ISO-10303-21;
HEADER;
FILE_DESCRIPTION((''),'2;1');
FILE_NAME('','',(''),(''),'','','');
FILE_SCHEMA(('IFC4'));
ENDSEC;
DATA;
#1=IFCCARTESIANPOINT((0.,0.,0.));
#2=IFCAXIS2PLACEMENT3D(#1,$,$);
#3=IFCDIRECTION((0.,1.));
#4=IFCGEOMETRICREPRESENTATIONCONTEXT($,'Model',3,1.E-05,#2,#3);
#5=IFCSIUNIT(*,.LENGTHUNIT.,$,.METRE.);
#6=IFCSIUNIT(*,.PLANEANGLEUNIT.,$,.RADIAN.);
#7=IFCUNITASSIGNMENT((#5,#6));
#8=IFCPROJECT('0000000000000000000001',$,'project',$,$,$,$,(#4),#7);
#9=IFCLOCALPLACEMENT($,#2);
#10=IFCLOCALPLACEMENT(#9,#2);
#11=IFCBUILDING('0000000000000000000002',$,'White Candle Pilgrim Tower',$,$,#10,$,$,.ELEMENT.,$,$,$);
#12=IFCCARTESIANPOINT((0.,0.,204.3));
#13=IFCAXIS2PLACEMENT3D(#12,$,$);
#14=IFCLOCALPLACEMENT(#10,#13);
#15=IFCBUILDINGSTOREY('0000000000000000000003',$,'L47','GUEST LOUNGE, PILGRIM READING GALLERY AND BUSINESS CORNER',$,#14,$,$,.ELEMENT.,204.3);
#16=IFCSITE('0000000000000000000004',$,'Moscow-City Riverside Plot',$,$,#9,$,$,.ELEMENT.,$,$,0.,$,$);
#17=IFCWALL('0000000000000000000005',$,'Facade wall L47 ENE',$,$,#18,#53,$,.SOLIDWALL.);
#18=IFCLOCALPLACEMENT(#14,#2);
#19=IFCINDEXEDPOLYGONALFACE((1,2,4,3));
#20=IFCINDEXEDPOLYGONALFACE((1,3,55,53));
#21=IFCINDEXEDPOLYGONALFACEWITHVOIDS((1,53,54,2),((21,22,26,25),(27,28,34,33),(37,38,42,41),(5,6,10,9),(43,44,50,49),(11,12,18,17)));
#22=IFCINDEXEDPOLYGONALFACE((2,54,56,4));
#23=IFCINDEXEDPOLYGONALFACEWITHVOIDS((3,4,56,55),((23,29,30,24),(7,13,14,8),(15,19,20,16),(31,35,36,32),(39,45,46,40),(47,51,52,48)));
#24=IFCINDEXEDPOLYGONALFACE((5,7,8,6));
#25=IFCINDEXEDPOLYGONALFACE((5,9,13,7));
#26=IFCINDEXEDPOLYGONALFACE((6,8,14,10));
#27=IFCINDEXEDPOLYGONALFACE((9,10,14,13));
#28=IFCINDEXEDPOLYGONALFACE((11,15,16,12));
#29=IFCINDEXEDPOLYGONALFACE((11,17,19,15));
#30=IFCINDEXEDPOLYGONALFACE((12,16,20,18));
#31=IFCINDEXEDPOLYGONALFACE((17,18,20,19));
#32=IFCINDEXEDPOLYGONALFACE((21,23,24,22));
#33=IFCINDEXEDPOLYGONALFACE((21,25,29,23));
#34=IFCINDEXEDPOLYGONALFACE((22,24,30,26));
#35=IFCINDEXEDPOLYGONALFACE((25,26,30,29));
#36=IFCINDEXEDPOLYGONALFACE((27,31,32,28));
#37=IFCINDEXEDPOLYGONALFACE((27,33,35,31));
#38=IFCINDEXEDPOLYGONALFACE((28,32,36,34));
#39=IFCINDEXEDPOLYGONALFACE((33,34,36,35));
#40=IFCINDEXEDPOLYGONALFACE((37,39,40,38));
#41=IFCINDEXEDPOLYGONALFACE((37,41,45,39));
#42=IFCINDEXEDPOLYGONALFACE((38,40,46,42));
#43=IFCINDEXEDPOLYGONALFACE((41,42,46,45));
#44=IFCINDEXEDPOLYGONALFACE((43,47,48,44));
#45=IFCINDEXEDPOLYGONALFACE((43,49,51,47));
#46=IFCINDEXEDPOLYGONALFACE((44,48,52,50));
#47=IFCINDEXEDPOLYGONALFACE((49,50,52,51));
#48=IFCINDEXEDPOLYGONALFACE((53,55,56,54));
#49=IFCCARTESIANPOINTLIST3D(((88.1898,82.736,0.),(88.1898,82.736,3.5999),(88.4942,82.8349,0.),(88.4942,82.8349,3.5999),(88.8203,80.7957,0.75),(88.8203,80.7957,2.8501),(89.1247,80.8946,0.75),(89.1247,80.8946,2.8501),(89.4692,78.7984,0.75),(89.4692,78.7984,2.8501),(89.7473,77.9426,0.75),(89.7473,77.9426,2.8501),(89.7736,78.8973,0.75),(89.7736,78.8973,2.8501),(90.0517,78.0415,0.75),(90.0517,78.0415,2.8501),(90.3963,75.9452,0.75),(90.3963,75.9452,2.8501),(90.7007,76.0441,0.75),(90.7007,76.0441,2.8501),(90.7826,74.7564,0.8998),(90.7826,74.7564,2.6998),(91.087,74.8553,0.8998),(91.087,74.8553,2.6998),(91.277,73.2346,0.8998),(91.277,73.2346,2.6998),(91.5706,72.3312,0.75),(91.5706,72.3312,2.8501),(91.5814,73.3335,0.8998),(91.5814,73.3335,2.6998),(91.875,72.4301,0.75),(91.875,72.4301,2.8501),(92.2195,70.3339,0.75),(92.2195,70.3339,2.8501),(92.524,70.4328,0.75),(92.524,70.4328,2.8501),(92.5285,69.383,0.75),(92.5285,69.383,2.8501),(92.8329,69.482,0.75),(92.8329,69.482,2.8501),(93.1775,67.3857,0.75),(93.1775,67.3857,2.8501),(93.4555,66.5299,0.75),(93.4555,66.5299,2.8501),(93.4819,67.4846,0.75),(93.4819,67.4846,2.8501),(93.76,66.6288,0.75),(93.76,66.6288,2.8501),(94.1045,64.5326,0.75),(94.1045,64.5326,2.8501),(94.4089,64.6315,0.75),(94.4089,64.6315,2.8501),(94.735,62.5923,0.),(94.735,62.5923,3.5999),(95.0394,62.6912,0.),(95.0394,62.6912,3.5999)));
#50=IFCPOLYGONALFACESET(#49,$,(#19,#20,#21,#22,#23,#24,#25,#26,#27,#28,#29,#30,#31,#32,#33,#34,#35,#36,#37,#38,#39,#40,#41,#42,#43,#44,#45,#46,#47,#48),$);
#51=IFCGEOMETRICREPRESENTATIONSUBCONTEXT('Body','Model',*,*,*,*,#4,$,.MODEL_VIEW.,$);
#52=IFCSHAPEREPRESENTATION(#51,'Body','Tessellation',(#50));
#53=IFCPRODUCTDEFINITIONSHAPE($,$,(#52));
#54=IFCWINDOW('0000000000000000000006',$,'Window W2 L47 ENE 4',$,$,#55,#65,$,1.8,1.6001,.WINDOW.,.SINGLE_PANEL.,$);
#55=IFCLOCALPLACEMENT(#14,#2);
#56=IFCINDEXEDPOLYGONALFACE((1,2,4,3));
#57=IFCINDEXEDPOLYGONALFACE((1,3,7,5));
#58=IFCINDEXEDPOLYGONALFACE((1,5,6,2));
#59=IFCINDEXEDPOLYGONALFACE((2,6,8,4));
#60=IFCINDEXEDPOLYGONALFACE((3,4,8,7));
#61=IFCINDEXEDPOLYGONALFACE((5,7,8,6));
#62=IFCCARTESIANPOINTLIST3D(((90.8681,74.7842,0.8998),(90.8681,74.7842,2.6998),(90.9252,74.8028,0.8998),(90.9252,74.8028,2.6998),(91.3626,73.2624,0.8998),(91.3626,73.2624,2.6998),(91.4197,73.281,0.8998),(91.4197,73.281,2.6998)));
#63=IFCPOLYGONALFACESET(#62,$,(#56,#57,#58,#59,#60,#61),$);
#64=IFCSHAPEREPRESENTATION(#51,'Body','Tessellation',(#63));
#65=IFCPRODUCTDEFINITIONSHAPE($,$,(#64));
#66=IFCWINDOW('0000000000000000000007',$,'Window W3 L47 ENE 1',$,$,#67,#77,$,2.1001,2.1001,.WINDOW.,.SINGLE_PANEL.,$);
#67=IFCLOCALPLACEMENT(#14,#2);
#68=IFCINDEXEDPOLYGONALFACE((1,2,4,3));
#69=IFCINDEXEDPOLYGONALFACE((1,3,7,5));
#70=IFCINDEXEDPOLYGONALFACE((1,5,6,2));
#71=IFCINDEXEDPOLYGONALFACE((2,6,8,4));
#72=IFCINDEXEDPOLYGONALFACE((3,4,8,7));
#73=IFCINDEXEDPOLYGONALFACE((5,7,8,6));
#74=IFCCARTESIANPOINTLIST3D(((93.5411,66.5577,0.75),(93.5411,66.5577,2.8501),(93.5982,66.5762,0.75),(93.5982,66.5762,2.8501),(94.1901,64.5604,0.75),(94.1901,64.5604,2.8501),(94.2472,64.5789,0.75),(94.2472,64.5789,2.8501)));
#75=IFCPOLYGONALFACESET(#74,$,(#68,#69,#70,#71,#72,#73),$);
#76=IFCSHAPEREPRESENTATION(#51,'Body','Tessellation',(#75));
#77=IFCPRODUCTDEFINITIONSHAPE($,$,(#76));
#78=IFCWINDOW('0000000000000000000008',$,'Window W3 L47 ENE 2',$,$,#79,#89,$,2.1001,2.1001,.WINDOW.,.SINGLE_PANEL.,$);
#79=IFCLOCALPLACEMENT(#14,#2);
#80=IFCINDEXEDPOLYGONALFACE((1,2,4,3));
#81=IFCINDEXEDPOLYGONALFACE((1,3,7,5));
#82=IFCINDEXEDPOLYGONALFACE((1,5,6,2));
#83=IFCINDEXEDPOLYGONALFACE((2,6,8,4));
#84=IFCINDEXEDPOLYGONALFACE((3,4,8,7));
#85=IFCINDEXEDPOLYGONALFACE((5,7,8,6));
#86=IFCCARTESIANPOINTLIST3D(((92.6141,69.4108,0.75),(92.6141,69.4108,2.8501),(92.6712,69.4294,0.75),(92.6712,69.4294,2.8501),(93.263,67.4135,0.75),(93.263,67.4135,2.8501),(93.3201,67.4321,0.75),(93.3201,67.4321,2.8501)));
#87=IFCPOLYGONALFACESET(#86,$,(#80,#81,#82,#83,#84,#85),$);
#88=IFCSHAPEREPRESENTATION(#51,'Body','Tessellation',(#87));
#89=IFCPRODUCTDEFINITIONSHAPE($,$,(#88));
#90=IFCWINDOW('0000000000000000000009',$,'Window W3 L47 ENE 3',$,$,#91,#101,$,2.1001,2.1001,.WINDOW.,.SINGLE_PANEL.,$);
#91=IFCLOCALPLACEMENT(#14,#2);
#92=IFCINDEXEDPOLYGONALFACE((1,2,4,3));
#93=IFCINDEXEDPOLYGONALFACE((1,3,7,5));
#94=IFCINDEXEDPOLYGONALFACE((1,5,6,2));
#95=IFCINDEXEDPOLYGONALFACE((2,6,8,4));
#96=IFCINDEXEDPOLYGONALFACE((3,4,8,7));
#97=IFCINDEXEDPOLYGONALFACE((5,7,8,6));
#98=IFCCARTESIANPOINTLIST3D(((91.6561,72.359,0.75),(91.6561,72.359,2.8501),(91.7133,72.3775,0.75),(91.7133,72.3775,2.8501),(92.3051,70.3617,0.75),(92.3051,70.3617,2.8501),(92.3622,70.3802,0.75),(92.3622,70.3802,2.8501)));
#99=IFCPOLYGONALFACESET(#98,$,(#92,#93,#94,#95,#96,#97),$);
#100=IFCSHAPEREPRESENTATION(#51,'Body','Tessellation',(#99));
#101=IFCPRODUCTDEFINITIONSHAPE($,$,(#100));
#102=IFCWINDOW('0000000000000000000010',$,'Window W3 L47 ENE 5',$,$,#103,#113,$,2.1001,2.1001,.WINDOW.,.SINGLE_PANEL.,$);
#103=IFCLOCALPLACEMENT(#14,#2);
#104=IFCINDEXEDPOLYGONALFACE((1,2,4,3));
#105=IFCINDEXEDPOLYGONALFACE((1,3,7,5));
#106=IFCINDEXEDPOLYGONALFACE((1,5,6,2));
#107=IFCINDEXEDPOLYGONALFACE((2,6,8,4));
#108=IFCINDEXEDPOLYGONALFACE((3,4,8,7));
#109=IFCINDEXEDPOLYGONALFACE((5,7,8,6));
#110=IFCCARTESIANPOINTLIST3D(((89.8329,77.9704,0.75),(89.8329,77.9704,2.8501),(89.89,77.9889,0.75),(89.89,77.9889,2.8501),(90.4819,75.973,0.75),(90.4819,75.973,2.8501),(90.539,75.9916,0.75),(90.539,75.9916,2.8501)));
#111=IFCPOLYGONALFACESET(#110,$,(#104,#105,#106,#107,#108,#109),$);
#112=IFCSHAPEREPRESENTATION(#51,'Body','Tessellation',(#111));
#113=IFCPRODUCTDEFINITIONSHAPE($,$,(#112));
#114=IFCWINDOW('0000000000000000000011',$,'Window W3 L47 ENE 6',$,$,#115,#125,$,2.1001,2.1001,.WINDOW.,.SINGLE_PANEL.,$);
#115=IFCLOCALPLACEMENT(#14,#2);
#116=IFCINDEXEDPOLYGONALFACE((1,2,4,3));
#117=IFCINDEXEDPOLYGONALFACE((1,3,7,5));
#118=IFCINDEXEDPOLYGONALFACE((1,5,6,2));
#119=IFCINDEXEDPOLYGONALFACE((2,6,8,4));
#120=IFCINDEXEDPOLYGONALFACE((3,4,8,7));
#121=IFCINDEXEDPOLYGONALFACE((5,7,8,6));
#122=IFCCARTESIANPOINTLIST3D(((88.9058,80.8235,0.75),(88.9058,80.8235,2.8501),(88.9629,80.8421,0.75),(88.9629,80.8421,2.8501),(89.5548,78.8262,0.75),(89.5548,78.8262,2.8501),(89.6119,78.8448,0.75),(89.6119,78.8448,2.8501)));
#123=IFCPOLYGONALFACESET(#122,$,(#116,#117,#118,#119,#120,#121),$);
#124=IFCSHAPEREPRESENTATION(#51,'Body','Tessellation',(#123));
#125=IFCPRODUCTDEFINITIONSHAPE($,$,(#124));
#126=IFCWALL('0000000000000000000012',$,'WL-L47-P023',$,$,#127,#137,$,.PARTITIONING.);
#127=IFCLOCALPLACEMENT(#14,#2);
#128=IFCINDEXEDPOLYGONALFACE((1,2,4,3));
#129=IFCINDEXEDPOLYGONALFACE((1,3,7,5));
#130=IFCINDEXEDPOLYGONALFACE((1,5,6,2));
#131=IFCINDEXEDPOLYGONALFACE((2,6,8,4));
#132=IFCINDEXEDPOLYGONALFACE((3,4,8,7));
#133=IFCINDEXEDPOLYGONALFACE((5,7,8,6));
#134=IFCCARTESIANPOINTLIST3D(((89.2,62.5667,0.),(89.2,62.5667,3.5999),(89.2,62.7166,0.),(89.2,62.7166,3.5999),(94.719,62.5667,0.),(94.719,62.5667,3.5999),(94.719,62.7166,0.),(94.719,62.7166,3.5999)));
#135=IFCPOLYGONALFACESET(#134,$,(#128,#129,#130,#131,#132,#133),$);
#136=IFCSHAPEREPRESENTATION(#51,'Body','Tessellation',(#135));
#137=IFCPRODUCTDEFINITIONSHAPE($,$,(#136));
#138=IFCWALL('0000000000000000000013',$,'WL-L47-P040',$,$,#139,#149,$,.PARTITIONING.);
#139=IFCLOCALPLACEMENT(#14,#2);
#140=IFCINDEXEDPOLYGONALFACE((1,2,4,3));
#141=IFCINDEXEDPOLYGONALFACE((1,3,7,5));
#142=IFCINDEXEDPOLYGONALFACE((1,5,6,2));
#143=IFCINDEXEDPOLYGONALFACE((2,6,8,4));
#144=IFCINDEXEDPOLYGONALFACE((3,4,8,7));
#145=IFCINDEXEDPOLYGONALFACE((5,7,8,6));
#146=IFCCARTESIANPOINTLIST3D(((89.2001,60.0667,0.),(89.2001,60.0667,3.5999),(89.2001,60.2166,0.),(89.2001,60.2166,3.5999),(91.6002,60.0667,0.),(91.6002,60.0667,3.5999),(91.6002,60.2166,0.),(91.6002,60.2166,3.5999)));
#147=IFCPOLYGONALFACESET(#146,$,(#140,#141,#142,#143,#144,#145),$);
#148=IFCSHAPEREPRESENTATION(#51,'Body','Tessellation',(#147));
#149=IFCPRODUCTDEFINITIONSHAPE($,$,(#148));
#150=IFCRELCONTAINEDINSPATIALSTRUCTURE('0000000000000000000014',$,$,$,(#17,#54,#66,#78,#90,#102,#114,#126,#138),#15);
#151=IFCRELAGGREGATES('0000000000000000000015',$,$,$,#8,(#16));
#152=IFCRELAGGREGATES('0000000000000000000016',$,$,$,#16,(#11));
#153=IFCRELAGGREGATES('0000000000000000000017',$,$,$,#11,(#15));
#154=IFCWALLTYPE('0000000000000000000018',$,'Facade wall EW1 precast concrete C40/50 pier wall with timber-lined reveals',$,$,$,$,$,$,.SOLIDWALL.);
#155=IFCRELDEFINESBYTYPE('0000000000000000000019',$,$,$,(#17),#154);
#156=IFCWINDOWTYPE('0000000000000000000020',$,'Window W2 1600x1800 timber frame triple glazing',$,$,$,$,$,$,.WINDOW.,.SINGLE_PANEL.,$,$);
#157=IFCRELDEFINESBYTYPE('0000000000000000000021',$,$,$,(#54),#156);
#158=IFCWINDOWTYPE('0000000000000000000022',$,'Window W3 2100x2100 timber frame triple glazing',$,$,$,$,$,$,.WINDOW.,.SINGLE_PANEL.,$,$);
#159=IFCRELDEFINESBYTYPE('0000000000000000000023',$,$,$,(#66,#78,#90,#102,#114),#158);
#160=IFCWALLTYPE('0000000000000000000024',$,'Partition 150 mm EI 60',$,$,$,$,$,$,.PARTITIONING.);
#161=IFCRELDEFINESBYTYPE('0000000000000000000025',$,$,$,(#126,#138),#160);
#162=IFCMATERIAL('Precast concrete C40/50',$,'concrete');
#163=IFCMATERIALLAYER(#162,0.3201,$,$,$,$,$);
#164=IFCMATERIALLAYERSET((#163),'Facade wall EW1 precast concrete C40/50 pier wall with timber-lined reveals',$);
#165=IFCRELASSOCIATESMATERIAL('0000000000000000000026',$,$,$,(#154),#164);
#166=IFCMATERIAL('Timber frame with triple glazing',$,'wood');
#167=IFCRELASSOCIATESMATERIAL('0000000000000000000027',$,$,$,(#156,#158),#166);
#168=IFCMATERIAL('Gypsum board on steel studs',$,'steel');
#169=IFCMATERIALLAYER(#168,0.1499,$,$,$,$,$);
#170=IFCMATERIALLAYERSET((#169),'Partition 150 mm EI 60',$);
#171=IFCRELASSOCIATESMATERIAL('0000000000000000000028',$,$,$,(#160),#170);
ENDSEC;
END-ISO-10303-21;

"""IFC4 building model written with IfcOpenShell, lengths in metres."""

from ifc_helpers import new_model, si_unit, direction, frame, frame_2d, origin, place, context, subcontext, project, spatial, rectangle, extrude, material, layer, layer_set, type_object, element, fill, save


model = new_model("IFC4")

# Units and contexts
model_context = context("Model", 3, precision=1e-05, world=origin(), true_north=direction((0.0, 1.0)))
body_context = subcontext(model_context, "Body", "Model", "MODEL_VIEW")
ifc_project = project(units=[si_unit("LENGTHUNIT", "METRE"), si_unit("PLANEANGLEUNIT", "RADIAN")], contexts=[model_context])

# Site, building, storey
site_placement = place(None, origin())
site = spatial("IfcSite", under=ifc_project, at=site_placement, Name="Moscow-City Riverside Plot", CompositionType="ELEMENT", RefElevation=0.0)
building_placement = place(site_placement, origin())
building = spatial("IfcBuilding", under=site, at=building_placement, Name="White Candle Pilgrim Tower", CompositionType="ELEMENT")
storey_placement = place(building_placement, frame((0.0, 0.0, 204.3)))
storey = spatial("IfcBuildingStorey", under=building, at=storey_placement, Name="L47", Description="GUEST LOUNGE, PILGRIM READING GALLERY AND BUSINESS CORNER", CompositionType="ELEMENT", Elevation=204.3)

# Shared definitions
ifc_material_1 = material(Name="Gypsum board on steel studs", Category="steel")

# Wall, openings, windows
ifc_material_2 = material(Name="Precast concrete C40/50", Category="concrete")
ifc_layer_1 = layer(ifc_material_2, 0.3201)
ifc_layer_set_1 = layer_set([ifc_layer_1], Name="Facade wall EW1 precast concrete C40/50 pier wall with timber-lined reveals")
wall_type_1 = type_object("IfcWallType", Name="Facade wall EW1 precast concrete C40/50 pier wall with timber-lined reveals", PredefinedType="SOLIDWALL", material=ifc_layer_set_1)
wall_1_placement = place(storey_placement, frame((94.8872, 62.6416, 0.0), z_axis=(0.0, 0.0, 1.0), x_axis=(-0.309019, 0.951056, 0.0)))
wall_1 = element("IfcWall", 1, at=wall_1_placement, inside=storey, type_object=wall_type_1, Name="Facade wall L47 ENE", PredefinedType="SOLIDWALL", context=body_context, shape_type="SweptSolid", body=[
    extrude(rectangle(XDim=21.1804, YDim=0.3201, at=frame_2d((10.5903, 0.0))), origin(), (0.0, 0.0, 1.0), 3.5999),
])
opening_1_placement = place(wall_1_placement, frame((2.0403, 0.0, 0.75)))
opening_1 = element("IfcOpeningElement", 2, at=opening_1_placement, cuts=wall_1, PredefinedType="OPENING", context=body_context, shape_type="SweptSolid", body=[
    extrude(rectangle(XDim=2.1001, YDim=2.1001, at=frame_2d((1.05, 1.05))), frame((0.0, 0.1699, 0.0), z_axis=(0.0, -1.0, 0.0), x_axis=(1.0, 0.0, 0.0)), (0.0, 0.0, 1.0), 0.3401),
])
opening_2_placement = place(wall_1_placement, frame((5.0403, 0.0, 0.75)))
opening_2 = element("IfcOpeningElement", 3, at=opening_2_placement, cuts=wall_1, PredefinedType="OPENING", context=body_context, shape_type="SweptSolid", body=[
    extrude(rectangle(XDim=2.1001, YDim=2.1001, at=frame_2d((1.05, 1.05))), frame((0.0, 0.1699, 0.0), z_axis=(0.0, -1.0, 0.0), x_axis=(1.0, 0.0, 0.0)), (0.0, 0.0, 1.0), 0.3401),
])
opening_3_placement = place(wall_1_placement, frame((8.1401, 0.0, 0.75)))
opening_3 = element("IfcOpeningElement", 4, at=opening_3_placement, cuts=wall_1, PredefinedType="OPENING", context=body_context, shape_type="SweptSolid", body=[
    extrude(rectangle(XDim=2.1001, YDim=2.1001, at=frame_2d((1.05, 1.05))), frame((0.0, 0.1699, 0.0), z_axis=(0.0, -1.0, 0.0), x_axis=(1.0, 0.0, 0.0)), (0.0, 0.0, 1.0), 0.3401),
])
opening_4_placement = place(wall_1_placement, frame((11.1902, 0.0, 0.8999)))
opening_4 = element("IfcOpeningElement", 5, at=opening_4_placement, cuts=wall_1, PredefinedType="OPENING", context=body_context, shape_type="SweptSolid", body=[
    extrude(rectangle(XDim=1.6001, YDim=1.8, at=frame_2d((0.8, 0.8999))), frame((0.0, 0.1699, 0.0), z_axis=(0.0, -1.0, 0.0), x_axis=(1.0, 0.0, 0.0)), (0.0, 0.0, 1.0), 0.3401),
])
opening_5_placement = place(wall_1_placement, frame((14.0403, 0.0, 0.75)))
opening_5 = element("IfcOpeningElement", 6, at=opening_5_placement, cuts=wall_1, PredefinedType="OPENING", context=body_context, shape_type="SweptSolid", body=[
    extrude(rectangle(XDim=2.1001, YDim=2.1001, at=frame_2d((1.05, 1.05))), frame((0.0, 0.1699, 0.0), z_axis=(0.0, -1.0, 0.0), x_axis=(1.0, 0.0, 0.0)), (0.0, 0.0, 1.0), 0.3401),
])
opening_6_placement = place(wall_1_placement, frame((17.0403, 0.0, 0.75)))
opening_6 = element("IfcOpeningElement", 7, at=opening_6_placement, cuts=wall_1, PredefinedType="OPENING", context=body_context, shape_type="SweptSolid", body=[
    extrude(rectangle(XDim=2.1001, YDim=2.1001, at=frame_2d((1.05, 1.05))), frame((0.0, 0.1699, 0.0), z_axis=(0.0, -1.0, 0.0), x_axis=(1.0, 0.0, 0.0)), (0.0, 0.0, 1.0), 0.3401),
])
ifc_material_3 = material(Name="Timber frame with triple glazing", Category="wood")
window_type_1 = type_object("IfcWindowType", Name="Window W2 1600x1800 timber frame triple glazing", PartitioningType="SINGLE_PANEL", PredefinedType="WINDOW", material=ifc_material_3)
window_1_placement = place(opening_4_placement, origin())
window_1 = element("IfcWindow", 8, at=window_1_placement, inside=storey, type_object=window_type_1, Name="Window W2 L47 ENE 4", OverallHeight=1.8, OverallWidth=1.6001, PartitioningType="SINGLE_PANEL", PredefinedType="WINDOW", context=body_context, shape_type="SweptSolid", body=[
    extrude(rectangle(XDim=1.6001, YDim=1.8, at=frame_2d((0.8, 0.8999))), frame((0.0, 0.0701, 0.0), z_axis=(0.0, -1.0, 0.0), x_axis=(1.0, 0.0, 0.0)), (0.0, 0.0, 1.0), 0.0601),
])
fill(opening_4, window_1)
window_type_2 = type_object("IfcWindowType", Name="Window W3 2100x2100 timber frame triple glazing", PartitioningType="SINGLE_PANEL", PredefinedType="WINDOW", material=ifc_material_3)
window_2_placement = place(opening_1_placement, origin())
window_2 = element("IfcWindow", 9, at=window_2_placement, inside=storey, type_object=window_type_2, Name="Window W3 L47 ENE 1", OverallHeight=2.1001, OverallWidth=2.1001, PartitioningType="SINGLE_PANEL", PredefinedType="WINDOW", context=body_context, shape_type="SweptSolid", body=[
    extrude(rectangle(XDim=2.1001, YDim=2.1001, at=frame_2d((1.05, 1.05))), frame((0.0, 0.0701, 0.0), z_axis=(0.0, -1.0, 0.0), x_axis=(1.0, 0.0, 0.0)), (0.0, 0.0, 1.0), 0.0601),
])
fill(opening_1, window_2)
window_3_placement = place(opening_2_placement, origin())
window_3 = element("IfcWindow", 10, at=window_3_placement, inside=storey, type_object=window_type_2, Name="Window W3 L47 ENE 2", OverallHeight=2.1001, OverallWidth=2.1001, PartitioningType="SINGLE_PANEL", PredefinedType="WINDOW", context=body_context, shape_type="SweptSolid", body=[
    extrude(rectangle(XDim=2.1001, YDim=2.1001, at=frame_2d((1.05, 1.05))), frame((0.0, 0.0701, 0.0), z_axis=(0.0, -1.0, 0.0), x_axis=(1.0, 0.0, 0.0)), (0.0, 0.0, 1.0), 0.0601),
])
fill(opening_2, window_3)
window_4_placement = place(opening_3_placement, origin())
window_4 = element("IfcWindow", 11, at=window_4_placement, inside=storey, type_object=window_type_2, Name="Window W3 L47 ENE 3", OverallHeight=2.1001, OverallWidth=2.1001, PartitioningType="SINGLE_PANEL", PredefinedType="WINDOW", context=body_context, shape_type="SweptSolid", body=[
    extrude(rectangle(XDim=2.1001, YDim=2.1001, at=frame_2d((1.05, 1.05))), frame((0.0, 0.0701, 0.0), z_axis=(0.0, -1.0, 0.0), x_axis=(1.0, 0.0, 0.0)), (0.0, 0.0, 1.0), 0.0601),
])
fill(opening_3, window_4)
window_5_placement = place(opening_5_placement, origin())
window_5 = element("IfcWindow", 12, at=window_5_placement, inside=storey, type_object=window_type_2, Name="Window W3 L47 ENE 5", OverallHeight=2.1001, OverallWidth=2.1001, PartitioningType="SINGLE_PANEL", PredefinedType="WINDOW", context=body_context, shape_type="SweptSolid", body=[
    extrude(rectangle(XDim=2.1001, YDim=2.1001, at=frame_2d((1.05, 1.05))), frame((0.0, 0.0701, 0.0), z_axis=(0.0, -1.0, 0.0), x_axis=(1.0, 0.0, 0.0)), (0.0, 0.0, 1.0), 0.0601),
])
fill(opening_5, window_5)
window_6_placement = place(opening_6_placement, origin())
window_6 = element("IfcWindow", 13, at=window_6_placement, inside=storey, type_object=window_type_2, Name="Window W3 L47 ENE 6", OverallHeight=2.1001, OverallWidth=2.1001, PartitioningType="SINGLE_PANEL", PredefinedType="WINDOW", context=body_context, shape_type="SweptSolid", body=[
    extrude(rectangle(XDim=2.1001, YDim=2.1001, at=frame_2d((1.05, 1.05))), frame((0.0, 0.0701, 0.0), z_axis=(0.0, -1.0, 0.0), x_axis=(1.0, 0.0, 0.0)), (0.0, 0.0, 1.0), 0.0601),
])
fill(opening_6, window_6)

# Walls
ifc_layer_2 = layer(ifc_material_1, 0.1499)
ifc_layer_set_2 = layer_set([ifc_layer_2], Name="Partition 150 mm EI 60")
wall_type_2 = type_object("IfcWallType", Name="Partition 150 mm EI 60", PredefinedType="PARTITIONING", material=ifc_layer_set_2)
wall_2_placement = place(storey_placement, frame((94.719, 62.6416, 0.0), z_axis=(0.0, 0.0, 1.0), x_axis=(-1.0, 0.0, 0.0)))
element("IfcWall", 14, at=wall_2_placement, inside=storey, type_object=wall_type_2, Name="WL-L47-P023", PredefinedType="PARTITIONING", context=body_context, shape_type="SweptSolid", body=[
    extrude(rectangle(XDim=5.519, YDim=0.1499, at=frame_2d((2.7595, 0.0))), origin(), (0.0, 0.0, 1.0), 3.5999),
])
wall_3_placement = place(storey_placement, frame((89.2, 60.1416, 0.0), z_axis=(0.0, 0.0, 1.0), x_axis=(1.0, 0.0, 0.0)))
element("IfcWall", 15, at=wall_3_placement, inside=storey, type_object=wall_type_2, Name="WL-L47-P040", PredefinedType="PARTITIONING", context=body_context, shape_type="SweptSolid", body=[
    extrude(rectangle(XDim=2.4001, YDim=0.1499, at=frame_2d((1.2002, 0.0))), origin(), (0.0, 0.0, 1.0), 3.5999),
])

save(model, "model.ifc")
